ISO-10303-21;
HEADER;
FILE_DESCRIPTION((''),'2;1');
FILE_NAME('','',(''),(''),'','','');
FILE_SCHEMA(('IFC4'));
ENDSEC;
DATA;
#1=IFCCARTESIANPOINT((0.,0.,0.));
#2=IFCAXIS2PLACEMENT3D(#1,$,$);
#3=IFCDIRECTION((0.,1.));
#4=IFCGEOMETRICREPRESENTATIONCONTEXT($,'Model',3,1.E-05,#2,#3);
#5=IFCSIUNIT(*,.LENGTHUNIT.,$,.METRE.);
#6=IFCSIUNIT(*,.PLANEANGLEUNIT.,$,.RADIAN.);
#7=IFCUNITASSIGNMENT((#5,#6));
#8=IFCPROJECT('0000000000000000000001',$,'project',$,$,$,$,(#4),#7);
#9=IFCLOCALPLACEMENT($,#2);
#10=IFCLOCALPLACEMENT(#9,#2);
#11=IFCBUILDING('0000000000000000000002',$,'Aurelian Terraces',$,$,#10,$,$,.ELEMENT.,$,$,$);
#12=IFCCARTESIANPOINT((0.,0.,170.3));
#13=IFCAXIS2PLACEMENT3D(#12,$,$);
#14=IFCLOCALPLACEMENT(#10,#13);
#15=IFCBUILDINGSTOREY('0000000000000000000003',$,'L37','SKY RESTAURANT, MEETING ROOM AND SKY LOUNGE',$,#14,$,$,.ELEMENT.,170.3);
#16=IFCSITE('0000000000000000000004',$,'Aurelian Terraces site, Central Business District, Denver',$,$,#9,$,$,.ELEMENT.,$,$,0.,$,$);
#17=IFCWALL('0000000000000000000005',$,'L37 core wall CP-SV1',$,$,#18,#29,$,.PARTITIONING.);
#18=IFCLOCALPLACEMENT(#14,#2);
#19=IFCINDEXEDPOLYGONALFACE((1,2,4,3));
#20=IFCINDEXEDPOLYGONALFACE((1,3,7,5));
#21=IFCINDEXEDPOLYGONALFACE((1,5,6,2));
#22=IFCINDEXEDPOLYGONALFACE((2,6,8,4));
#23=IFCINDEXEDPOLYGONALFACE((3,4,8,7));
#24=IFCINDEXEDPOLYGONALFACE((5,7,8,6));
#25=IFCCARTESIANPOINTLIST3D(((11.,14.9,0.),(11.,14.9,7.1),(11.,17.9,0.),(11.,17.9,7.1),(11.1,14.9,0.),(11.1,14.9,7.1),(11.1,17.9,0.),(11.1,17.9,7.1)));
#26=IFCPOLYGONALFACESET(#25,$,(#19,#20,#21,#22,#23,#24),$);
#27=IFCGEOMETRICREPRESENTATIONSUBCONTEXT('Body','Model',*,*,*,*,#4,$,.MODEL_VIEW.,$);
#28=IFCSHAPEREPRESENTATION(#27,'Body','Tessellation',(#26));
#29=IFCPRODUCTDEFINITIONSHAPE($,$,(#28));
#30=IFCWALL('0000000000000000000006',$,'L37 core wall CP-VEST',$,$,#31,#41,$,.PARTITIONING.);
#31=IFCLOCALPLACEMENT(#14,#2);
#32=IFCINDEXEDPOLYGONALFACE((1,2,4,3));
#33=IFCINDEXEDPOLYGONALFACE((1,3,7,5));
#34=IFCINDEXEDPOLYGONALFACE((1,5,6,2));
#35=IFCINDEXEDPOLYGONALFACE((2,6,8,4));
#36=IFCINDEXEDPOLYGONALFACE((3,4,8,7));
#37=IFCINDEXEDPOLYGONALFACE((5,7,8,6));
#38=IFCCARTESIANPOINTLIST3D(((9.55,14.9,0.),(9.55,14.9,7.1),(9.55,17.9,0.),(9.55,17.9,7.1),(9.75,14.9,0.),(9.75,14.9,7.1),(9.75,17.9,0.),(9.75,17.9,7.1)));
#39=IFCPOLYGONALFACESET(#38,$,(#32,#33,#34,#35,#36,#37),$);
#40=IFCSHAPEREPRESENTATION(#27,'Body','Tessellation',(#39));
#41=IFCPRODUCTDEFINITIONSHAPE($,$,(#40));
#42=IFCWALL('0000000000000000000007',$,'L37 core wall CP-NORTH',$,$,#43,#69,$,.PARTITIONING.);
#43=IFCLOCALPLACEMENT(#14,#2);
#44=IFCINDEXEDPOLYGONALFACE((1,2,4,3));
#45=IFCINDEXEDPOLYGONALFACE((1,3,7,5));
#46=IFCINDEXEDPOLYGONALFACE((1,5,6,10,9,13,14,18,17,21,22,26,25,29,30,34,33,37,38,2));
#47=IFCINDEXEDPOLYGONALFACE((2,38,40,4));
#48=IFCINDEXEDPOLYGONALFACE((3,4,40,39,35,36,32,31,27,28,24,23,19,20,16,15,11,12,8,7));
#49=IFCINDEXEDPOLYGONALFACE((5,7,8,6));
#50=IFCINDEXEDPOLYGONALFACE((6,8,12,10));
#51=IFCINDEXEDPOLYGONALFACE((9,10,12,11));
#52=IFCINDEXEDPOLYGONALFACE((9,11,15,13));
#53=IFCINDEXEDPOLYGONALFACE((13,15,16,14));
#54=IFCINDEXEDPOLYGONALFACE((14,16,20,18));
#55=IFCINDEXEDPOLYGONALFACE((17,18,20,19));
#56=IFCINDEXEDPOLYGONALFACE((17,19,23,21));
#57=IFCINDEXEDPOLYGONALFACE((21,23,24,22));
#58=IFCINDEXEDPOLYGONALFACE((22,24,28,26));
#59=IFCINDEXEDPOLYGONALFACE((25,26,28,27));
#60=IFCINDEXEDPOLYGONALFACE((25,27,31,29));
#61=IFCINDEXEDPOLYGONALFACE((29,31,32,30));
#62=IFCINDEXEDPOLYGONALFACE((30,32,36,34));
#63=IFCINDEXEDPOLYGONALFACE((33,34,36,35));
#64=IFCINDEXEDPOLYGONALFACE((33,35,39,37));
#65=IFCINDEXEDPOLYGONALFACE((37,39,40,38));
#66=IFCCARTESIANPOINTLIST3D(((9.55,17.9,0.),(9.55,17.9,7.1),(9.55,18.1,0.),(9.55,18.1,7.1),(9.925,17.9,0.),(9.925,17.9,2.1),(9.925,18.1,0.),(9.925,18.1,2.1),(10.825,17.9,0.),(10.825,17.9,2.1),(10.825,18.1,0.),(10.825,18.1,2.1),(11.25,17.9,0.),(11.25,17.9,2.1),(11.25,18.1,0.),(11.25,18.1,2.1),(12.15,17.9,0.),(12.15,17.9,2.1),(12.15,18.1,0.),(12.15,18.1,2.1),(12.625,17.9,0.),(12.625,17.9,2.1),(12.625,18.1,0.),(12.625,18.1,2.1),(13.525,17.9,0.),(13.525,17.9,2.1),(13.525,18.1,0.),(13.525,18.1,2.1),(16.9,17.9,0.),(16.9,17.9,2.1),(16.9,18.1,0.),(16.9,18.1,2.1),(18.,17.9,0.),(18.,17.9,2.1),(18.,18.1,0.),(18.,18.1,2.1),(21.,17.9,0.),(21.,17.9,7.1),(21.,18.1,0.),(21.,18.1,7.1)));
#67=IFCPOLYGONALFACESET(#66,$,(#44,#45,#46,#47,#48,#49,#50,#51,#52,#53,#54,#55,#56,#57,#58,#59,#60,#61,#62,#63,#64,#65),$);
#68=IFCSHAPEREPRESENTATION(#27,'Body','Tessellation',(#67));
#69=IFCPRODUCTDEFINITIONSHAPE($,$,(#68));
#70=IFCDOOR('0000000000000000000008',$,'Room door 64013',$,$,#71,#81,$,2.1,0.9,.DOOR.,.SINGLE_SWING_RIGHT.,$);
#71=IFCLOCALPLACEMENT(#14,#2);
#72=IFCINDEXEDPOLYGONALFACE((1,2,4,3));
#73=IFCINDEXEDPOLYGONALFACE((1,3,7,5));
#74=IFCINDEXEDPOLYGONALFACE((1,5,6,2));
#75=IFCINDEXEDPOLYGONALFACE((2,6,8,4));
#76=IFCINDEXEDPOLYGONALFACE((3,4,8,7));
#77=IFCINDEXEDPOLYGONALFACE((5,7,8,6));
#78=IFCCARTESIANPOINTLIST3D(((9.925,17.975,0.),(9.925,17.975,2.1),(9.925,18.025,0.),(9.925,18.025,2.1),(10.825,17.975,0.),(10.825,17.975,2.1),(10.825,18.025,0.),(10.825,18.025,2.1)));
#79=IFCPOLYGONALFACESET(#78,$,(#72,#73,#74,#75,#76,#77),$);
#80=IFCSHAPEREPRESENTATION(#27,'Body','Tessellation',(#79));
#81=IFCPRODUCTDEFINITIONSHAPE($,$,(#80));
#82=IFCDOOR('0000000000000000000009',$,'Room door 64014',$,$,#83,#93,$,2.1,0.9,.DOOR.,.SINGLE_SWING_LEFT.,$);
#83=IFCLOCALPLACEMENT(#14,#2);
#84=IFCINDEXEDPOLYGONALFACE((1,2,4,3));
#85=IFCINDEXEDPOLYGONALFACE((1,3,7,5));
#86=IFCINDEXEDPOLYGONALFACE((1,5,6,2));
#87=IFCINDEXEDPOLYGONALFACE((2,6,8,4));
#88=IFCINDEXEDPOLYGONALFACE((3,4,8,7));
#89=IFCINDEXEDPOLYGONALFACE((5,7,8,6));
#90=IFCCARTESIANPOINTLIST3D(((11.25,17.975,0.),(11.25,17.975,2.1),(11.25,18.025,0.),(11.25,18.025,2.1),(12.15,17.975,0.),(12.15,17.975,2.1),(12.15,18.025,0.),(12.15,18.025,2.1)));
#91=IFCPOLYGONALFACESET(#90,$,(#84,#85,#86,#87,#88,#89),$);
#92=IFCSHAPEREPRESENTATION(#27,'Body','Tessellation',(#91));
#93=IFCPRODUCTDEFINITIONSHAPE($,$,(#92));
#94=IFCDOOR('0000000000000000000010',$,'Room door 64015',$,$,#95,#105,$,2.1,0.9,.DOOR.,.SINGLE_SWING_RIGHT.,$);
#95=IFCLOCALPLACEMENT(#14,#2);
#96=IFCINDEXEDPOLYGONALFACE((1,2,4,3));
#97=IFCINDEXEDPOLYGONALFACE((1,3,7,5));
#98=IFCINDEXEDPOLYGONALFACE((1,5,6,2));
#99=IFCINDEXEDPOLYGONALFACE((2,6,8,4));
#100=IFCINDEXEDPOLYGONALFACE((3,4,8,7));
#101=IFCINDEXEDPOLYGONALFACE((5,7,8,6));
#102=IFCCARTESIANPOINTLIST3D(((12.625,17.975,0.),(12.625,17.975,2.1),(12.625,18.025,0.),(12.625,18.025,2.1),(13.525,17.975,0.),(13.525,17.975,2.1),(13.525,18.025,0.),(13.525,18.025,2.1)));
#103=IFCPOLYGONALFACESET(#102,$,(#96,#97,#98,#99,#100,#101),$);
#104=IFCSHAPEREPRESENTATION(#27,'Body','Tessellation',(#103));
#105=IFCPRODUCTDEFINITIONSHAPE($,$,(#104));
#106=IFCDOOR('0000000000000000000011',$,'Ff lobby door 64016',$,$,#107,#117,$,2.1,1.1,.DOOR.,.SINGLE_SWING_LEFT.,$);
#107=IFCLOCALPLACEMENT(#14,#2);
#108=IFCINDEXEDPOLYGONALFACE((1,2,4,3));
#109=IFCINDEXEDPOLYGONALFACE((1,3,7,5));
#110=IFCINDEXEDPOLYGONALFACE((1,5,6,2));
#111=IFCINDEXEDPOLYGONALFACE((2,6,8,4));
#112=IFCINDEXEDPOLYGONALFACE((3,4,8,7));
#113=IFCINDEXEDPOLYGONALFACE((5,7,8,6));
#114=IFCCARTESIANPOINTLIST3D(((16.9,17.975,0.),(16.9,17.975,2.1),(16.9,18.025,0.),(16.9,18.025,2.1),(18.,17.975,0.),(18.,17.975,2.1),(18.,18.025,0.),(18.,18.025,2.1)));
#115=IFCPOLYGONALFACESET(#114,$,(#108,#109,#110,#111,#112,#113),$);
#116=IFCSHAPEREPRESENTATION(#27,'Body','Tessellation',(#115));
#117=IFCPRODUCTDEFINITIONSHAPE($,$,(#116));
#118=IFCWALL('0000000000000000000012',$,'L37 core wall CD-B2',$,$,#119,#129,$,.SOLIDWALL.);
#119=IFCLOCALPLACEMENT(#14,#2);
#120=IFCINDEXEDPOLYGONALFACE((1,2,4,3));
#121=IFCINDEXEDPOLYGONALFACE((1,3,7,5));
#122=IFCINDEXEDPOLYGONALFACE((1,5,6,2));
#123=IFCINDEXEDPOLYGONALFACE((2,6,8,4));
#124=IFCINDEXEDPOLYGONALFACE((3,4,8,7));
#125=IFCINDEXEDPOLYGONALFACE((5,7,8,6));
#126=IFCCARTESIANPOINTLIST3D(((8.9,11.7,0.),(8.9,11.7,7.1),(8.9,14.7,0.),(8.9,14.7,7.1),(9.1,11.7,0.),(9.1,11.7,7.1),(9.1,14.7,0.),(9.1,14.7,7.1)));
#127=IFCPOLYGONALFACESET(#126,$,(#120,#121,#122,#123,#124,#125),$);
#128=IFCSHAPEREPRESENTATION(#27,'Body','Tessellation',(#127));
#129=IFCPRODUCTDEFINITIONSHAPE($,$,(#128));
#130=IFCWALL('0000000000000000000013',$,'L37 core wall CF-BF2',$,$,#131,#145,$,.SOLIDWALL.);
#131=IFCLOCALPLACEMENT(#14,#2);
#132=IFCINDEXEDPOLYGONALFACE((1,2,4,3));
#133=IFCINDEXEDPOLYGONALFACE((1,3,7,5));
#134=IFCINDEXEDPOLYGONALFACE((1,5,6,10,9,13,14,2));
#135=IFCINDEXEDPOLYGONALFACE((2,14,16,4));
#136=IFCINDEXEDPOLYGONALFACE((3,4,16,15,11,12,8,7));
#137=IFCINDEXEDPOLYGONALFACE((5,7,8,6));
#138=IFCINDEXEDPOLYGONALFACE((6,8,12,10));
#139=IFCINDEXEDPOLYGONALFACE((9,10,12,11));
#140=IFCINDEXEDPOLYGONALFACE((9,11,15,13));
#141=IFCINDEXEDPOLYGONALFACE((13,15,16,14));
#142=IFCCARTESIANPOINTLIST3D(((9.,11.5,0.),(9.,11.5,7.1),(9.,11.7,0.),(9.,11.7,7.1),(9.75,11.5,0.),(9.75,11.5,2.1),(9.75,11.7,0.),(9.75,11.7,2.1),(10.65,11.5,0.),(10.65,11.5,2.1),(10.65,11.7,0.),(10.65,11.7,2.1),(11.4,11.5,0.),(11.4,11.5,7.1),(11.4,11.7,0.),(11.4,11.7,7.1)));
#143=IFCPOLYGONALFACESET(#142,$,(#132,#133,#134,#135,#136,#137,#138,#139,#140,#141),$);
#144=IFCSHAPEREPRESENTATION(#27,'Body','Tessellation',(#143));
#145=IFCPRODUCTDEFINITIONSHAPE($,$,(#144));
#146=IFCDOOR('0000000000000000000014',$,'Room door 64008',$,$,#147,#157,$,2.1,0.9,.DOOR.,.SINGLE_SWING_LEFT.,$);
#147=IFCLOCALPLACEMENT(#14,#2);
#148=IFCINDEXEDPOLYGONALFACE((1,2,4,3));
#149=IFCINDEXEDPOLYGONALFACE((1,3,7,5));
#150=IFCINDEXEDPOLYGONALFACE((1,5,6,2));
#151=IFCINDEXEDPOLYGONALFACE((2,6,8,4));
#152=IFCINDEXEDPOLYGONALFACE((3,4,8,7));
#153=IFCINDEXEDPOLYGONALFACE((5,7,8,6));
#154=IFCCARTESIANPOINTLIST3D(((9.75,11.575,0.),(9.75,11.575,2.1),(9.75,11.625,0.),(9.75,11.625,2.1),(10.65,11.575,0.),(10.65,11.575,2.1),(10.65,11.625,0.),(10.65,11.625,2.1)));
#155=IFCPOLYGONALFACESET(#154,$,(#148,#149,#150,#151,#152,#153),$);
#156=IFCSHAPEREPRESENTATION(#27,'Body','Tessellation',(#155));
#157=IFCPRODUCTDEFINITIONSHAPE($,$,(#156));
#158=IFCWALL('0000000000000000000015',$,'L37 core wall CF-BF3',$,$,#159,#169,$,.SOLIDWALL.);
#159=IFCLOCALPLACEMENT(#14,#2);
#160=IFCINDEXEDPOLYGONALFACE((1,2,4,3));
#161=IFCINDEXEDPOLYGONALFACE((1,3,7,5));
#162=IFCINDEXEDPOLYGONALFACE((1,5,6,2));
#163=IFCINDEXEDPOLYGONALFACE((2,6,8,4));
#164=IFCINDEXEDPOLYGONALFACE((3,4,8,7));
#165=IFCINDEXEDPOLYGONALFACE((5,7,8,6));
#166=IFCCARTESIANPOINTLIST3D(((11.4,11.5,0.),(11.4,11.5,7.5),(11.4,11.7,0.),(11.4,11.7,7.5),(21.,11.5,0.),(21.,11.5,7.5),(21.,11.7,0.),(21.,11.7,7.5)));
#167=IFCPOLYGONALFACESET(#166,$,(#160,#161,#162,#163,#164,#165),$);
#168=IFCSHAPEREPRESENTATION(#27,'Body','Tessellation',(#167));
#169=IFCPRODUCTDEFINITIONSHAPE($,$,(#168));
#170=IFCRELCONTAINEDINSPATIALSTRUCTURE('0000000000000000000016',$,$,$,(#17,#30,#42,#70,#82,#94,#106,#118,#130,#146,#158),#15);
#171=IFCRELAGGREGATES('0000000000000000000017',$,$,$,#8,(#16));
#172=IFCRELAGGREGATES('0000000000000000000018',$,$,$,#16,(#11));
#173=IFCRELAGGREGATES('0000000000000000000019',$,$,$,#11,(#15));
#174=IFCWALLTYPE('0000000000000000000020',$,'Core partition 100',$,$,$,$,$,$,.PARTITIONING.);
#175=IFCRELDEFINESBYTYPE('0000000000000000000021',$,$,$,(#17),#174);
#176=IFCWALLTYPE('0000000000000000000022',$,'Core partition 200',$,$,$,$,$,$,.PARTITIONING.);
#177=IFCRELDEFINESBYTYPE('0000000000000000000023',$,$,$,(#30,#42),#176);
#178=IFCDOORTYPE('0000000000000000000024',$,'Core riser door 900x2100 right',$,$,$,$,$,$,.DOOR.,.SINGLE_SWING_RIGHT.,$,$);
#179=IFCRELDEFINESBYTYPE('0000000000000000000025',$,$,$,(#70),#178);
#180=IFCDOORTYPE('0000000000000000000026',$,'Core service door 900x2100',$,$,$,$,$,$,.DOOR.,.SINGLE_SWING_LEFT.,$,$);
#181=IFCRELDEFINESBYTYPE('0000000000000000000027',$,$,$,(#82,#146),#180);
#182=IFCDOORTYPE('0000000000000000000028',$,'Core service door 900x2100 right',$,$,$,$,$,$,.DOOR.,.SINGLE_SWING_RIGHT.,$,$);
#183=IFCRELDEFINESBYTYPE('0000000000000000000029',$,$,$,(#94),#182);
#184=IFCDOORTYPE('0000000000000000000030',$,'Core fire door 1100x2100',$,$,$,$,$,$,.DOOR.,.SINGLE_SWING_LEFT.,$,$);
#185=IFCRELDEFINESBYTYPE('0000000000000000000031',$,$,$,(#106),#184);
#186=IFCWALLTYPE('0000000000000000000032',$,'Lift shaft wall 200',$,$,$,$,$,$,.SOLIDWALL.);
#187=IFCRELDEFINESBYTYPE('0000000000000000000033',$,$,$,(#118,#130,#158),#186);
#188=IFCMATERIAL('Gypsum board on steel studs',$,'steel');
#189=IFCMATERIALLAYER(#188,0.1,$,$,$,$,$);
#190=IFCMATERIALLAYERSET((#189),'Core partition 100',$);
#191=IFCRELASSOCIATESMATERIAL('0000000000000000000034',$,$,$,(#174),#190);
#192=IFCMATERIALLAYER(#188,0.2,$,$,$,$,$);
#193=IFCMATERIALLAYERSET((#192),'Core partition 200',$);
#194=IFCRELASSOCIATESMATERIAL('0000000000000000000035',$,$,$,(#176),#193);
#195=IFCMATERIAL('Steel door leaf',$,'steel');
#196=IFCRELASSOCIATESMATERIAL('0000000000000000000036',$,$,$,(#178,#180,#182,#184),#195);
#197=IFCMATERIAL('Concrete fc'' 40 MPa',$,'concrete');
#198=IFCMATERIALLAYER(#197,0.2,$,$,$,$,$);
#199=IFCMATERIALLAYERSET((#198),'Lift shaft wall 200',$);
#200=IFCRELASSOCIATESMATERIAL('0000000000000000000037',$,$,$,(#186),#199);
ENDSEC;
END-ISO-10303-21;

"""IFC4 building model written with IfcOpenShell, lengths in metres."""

from ifc_helpers import new_model, si_unit, direction, frame, frame_2d, origin, place, context, subcontext, project, spatial, rectangle, extrude, source, transform, mapped, material, layer, layer_set, type_object, element, fill, save


model = new_model("IFC4")

# Units and contexts
model_context = context("Model", 3, precision=1e-05, world=origin(), true_north=direction((0.0, 1.0)))
body_context = subcontext(model_context, "Body", "Model", "MODEL_VIEW")
ifc_project = project(units=[si_unit("LENGTHUNIT", "METRE"), si_unit("PLANEANGLEUNIT", "RADIAN")], contexts=[model_context])

# Site, building, storey
site_placement = place(None, origin())
site = spatial("IfcSite", under=ifc_project, at=site_placement, Name="Aurelian Terraces site, Central Business District, Denver", CompositionType="ELEMENT", RefElevation=0.0)
building_placement = place(site_placement, origin())
building = spatial("IfcBuilding", under=site, at=building_placement, Name="Aurelian Terraces", CompositionType="ELEMENT")
storey_placement = place(building_placement, frame((0.0, 0.0, 170.3)))
storey = spatial("IfcBuildingStorey", under=building, at=storey_placement, Name="L37", Description="SKY RESTAURANT, MEETING ROOM AND SKY LOUNGE", CompositionType="ELEMENT", Elevation=170.3)

# Walls
ifc_material_1 = material(Name="Gypsum board on steel studs", Category="steel")
ifc_layer_1 = layer(ifc_material_1, 0.1)
ifc_layer_set_1 = layer_set([ifc_layer_1], Name="Core partition 100")
wall_type_1 = type_object("IfcWallType", Name="Core partition 100", PredefinedType="PARTITIONING", material=ifc_layer_set_1)
wall_1_placement = place(storey_placement, frame((11.05, 14.9, 0.0), z_axis=(0.0, 0.0, 1.0), x_axis=(0.0, 1.0, 0.0)))
element("IfcWall", 1, at=wall_1_placement, inside=storey, type_object=wall_type_1, Name="L37 core wall CP-SV1", PredefinedType="PARTITIONING", context=body_context, shape_type="SweptSolid", body=[
    extrude(rectangle(XDim=3.0, YDim=0.1, at=frame_2d((1.5, 0.0))), origin(), (0.0, 0.0, 1.0), 7.1),
])
ifc_layer_2 = layer(ifc_material_1, 0.2)
ifc_layer_set_2 = layer_set([ifc_layer_2], Name="Core partition 200")
wall_type_2 = type_object("IfcWallType", Name="Core partition 200", PredefinedType="PARTITIONING", material=ifc_layer_set_2)
wall_2_placement = place(storey_placement, frame((9.65, 14.9, 0.0), z_axis=(0.0, 0.0, 1.0), x_axis=(0.0, 1.0, 0.0)))
element("IfcWall", 2, at=wall_2_placement, inside=storey, type_object=wall_type_2, Name="L37 core wall CP-VEST", PredefinedType="PARTITIONING", context=body_context, shape_type="SweptSolid", body=[
    extrude(rectangle(XDim=3.0, YDim=0.2, at=frame_2d((1.5, 0.0))), origin(), (0.0, 0.0, 1.0), 7.1),
])

# Wall, openings, doors
wall_3_placement = place(storey_placement, frame((9.55, 18.0, 0.0), z_axis=(0.0, 0.0, 1.0), x_axis=(1.0, 0.0, 0.0)))
wall_3 = element("IfcWall", 3, at=wall_3_placement, inside=storey, type_object=wall_type_2, Name="L37 core wall CP-NORTH", PredefinedType="PARTITIONING", context=body_context, shape_type="SweptSolid", body=[
    extrude(rectangle(XDim=11.45, YDim=0.2, at=frame_2d((5.725, 0.0))), origin(), (0.0, 0.0, 1.0), 7.1),
])
shared_shape_1 = source(origin(), body_context, "Body", "SweptSolid", [
    extrude(rectangle(XDim=0.9, YDim=2.1, at=frame_2d((0.45, 1.05))), frame((0.0, 0.11, 0.0), z_axis=(0.0, -1.0, 0.0), x_axis=(1.0, 0.0, 0.0)), (0.0, 0.0, 1.0), 0.22),
])
opening_1_placement = place(wall_3_placement, frame((0.375, 0.0, 0.0)))
opening_1 = element("IfcOpeningElement", 4, at=opening_1_placement, cuts=wall_3, PredefinedType="OPENING", context=body_context, shape_type="MappedRepresentation", body=[
    mapped(shared_shape_1, transform((0.0, 0.0, 0.0), scale=1.0)),
])
opening_2_placement = place(wall_3_placement, frame((1.7, 0.0, 0.0)))
opening_2 = element("IfcOpeningElement", 5, at=opening_2_placement, cuts=wall_3, PredefinedType="OPENING", context=body_context, shape_type="MappedRepresentation", body=[
    mapped(shared_shape_1, transform((0.0, 0.0, 0.0), scale=1.0)),
])
opening_3_placement = place(wall_3_placement, frame((3.075, 0.0, 0.0)))
opening_3 = element("IfcOpeningElement", 6, at=opening_3_placement, cuts=wall_3, PredefinedType="OPENING", context=body_context, shape_type="MappedRepresentation", body=[
    mapped(shared_shape_1, transform((0.0, 0.0, 0.0), scale=1.0)),
])
shared_shape_2 = source(origin(), body_context, "Body", "SweptSolid", [
    extrude(rectangle(XDim=1.1, YDim=2.1, at=frame_2d((0.55, 1.05))), frame((0.0, 0.11, 0.0), z_axis=(0.0, -1.0, 0.0), x_axis=(1.0, 0.0, 0.0)), (0.0, 0.0, 1.0), 0.22),
])
opening_4_placement = place(wall_3_placement, frame((7.35, 0.0, 0.0)))
opening_4 = element("IfcOpeningElement", 7, at=opening_4_placement, cuts=wall_3, PredefinedType="OPENING", context=body_context, shape_type="MappedRepresentation", body=[
    mapped(shared_shape_2, transform((0.0, 0.0, 0.0), scale=1.0)),
])
ifc_material_2 = material(Name="Steel door leaf", Category="steel")
door_type_1 = type_object("IfcDoorType", Name="Core riser door 900x2100 right", OperationType="SINGLE_SWING_RIGHT", PredefinedType="DOOR", material=ifc_material_2)
shared_shape_3 = source(origin(), body_context, "Body", "SweptSolid", [
    extrude(rectangle(XDim=0.9, YDim=2.1, at=frame_2d((0.45, 1.05))), frame((0.0, 0.025, 0.0), z_axis=(0.0, -1.0, 0.0), x_axis=(1.0, 0.0, 0.0)), (0.0, 0.0, 1.0), 0.05),
])
door_1_placement = place(opening_1_placement, origin())
door_1 = element("IfcDoor", 8, at=door_1_placement, inside=storey, type_object=door_type_1, Name="Room door 64013", OperationType="SINGLE_SWING_RIGHT", OverallHeight=2.1, OverallWidth=0.9, PredefinedType="DOOR", context=body_context, shape_type="MappedRepresentation", body=[
    mapped(shared_shape_3, transform((0.0, 0.0, 0.0), scale=1.0)),
])
fill(opening_1, door_1)
door_type_2 = type_object("IfcDoorType", Name="Core service door 900x2100", OperationType="SINGLE_SWING_LEFT", PredefinedType="DOOR", material=ifc_material_2)
door_2_placement = place(opening_2_placement, origin())
door_2 = element("IfcDoor", 9, at=door_2_placement, inside=storey, type_object=door_type_2, Name="Room door 64014", OperationType="SINGLE_SWING_LEFT", OverallHeight=2.1, OverallWidth=0.9, PredefinedType="DOOR", context=body_context, shape_type="MappedRepresentation", body=[
    mapped(shared_shape_3, transform((0.0, 0.0, 0.0), scale=1.0)),
])
fill(opening_2, door_2)
door_type_3 = type_object("IfcDoorType", Name="Core service door 900x2100 right", OperationType="SINGLE_SWING_RIGHT", PredefinedType="DOOR", material=ifc_material_2)
door_3_placement = place(opening_3_placement, origin())
door_3 = element("IfcDoor", 10, at=door_3_placement, inside=storey, type_object=door_type_3, Name="Room door 64015", OperationType="SINGLE_SWING_RIGHT", OverallHeight=2.1, OverallWidth=0.9, PredefinedType="DOOR", context=body_context, shape_type="MappedRepresentation", body=[
    mapped(shared_shape_3, transform((0.0, 0.0, 0.0), scale=1.0)),
])
fill(opening_3, door_3)
door_type_4 = type_object("IfcDoorType", Name="Core fire door 1100x2100", OperationType="SINGLE_SWING_LEFT", PredefinedType="DOOR", material=ifc_material_2)
shared_shape_4 = source(origin(), body_context, "Body", "SweptSolid", [
    extrude(rectangle(XDim=1.1, YDim=2.1, at=frame_2d((0.55, 1.05))), frame((0.0, 0.025, 0.0), z_axis=(0.0, -1.0, 0.0), x_axis=(1.0, 0.0, 0.0)), (0.0, 0.0, 1.0), 0.05),
])
door_4_placement = place(opening_4_placement, origin())
door_4 = element("IfcDoor", 11, at=door_4_placement, inside=storey, type_object=door_type_4, Name="Ff lobby door 64016", OperationType="SINGLE_SWING_LEFT", OverallHeight=2.1, OverallWidth=1.1, PredefinedType="DOOR", context=body_context, shape_type="MappedRepresentation", body=[
    mapped(shared_shape_4, transform((0.0, 0.0, 0.0), scale=1.0)),
])
fill(opening_4, door_4)

# Wall
ifc_material_3 = material(Name="Concrete fc' 40 MPa", Category="concrete")
ifc_layer_3 = layer(ifc_material_3, 0.2)
ifc_layer_set_3 = layer_set([ifc_layer_3], Name="Lift shaft wall 200")
wall_type_3 = type_object("IfcWallType", Name="Lift shaft wall 200", PredefinedType="SOLIDWALL", material=ifc_layer_set_3)
wall_4_placement = place(storey_placement, frame((9.0, 11.7, 0.0), z_axis=(0.0, 0.0, 1.0), x_axis=(0.0, 1.0, 0.0)))
element("IfcWall", 12, at=wall_4_placement, inside=storey, type_object=wall_type_3, Name="L37 core wall CD-B2", PredefinedType="SOLIDWALL", context=body_context, shape_type="SweptSolid", body=[
    extrude(rectangle(XDim=3.0, YDim=0.2, at=frame_2d((1.5, 0.0))), origin(), (0.0, 0.0, 1.0), 7.1),
])

# Wall, opening, door
wall_5_placement = place(storey_placement, frame((9.0, 11.6, 0.0), z_axis=(0.0, 0.0, 1.0), x_axis=(1.0, 0.0, 0.0)))
wall_5 = element("IfcWall", 13, at=wall_5_placement, inside=storey, type_object=wall_type_3, Name="L37 core wall CF-BF2", PredefinedType="SOLIDWALL", context=body_context, shape_type="SweptSolid", body=[
    extrude(rectangle(XDim=2.4, YDim=0.2, at=frame_2d((1.2, 0.0))), origin(), (0.0, 0.0, 1.0), 7.1),
])
opening_5_placement = place(wall_5_placement, frame((0.75, 0.0, 0.0)))
opening_5 = element("IfcOpeningElement", 14, at=opening_5_placement, cuts=wall_5, PredefinedType="OPENING", context=body_context, shape_type="MappedRepresentation", body=[
    mapped(shared_shape_1, transform((0.0, 0.0, 0.0), scale=1.0)),
])
door_5_placement = place(opening_5_placement, origin())
door_5 = element("IfcDoor", 15, at=door_5_placement, inside=storey, type_object=door_type_2, Name="Room door 64008", OperationType="SINGLE_SWING_LEFT", OverallHeight=2.1, OverallWidth=0.9, PredefinedType="DOOR", context=body_context, shape_type="MappedRepresentation", body=[
    mapped(shared_shape_3, transform((0.0, 0.0, 0.0), scale=1.0)),
])
fill(opening_5, door_5)

# Wall
wall_6_placement = place(storey_placement, frame((11.4, 11.6, 0.0), z_axis=(0.0, 0.0, 1.0), x_axis=(1.0, 0.0, 0.0)))
element("IfcWall", 16, at=wall_6_placement, inside=storey, type_object=wall_type_3, Name="L37 core wall CF-BF3", PredefinedType="SOLIDWALL", context=body_context, shape_type="SweptSolid", body=[
    extrude(rectangle(XDim=9.6, YDim=0.2, at=frame_2d((4.8, 0.0))), origin(), (0.0, 0.0, 1.0), 7.5),
])

save(model, "model.ifc")
